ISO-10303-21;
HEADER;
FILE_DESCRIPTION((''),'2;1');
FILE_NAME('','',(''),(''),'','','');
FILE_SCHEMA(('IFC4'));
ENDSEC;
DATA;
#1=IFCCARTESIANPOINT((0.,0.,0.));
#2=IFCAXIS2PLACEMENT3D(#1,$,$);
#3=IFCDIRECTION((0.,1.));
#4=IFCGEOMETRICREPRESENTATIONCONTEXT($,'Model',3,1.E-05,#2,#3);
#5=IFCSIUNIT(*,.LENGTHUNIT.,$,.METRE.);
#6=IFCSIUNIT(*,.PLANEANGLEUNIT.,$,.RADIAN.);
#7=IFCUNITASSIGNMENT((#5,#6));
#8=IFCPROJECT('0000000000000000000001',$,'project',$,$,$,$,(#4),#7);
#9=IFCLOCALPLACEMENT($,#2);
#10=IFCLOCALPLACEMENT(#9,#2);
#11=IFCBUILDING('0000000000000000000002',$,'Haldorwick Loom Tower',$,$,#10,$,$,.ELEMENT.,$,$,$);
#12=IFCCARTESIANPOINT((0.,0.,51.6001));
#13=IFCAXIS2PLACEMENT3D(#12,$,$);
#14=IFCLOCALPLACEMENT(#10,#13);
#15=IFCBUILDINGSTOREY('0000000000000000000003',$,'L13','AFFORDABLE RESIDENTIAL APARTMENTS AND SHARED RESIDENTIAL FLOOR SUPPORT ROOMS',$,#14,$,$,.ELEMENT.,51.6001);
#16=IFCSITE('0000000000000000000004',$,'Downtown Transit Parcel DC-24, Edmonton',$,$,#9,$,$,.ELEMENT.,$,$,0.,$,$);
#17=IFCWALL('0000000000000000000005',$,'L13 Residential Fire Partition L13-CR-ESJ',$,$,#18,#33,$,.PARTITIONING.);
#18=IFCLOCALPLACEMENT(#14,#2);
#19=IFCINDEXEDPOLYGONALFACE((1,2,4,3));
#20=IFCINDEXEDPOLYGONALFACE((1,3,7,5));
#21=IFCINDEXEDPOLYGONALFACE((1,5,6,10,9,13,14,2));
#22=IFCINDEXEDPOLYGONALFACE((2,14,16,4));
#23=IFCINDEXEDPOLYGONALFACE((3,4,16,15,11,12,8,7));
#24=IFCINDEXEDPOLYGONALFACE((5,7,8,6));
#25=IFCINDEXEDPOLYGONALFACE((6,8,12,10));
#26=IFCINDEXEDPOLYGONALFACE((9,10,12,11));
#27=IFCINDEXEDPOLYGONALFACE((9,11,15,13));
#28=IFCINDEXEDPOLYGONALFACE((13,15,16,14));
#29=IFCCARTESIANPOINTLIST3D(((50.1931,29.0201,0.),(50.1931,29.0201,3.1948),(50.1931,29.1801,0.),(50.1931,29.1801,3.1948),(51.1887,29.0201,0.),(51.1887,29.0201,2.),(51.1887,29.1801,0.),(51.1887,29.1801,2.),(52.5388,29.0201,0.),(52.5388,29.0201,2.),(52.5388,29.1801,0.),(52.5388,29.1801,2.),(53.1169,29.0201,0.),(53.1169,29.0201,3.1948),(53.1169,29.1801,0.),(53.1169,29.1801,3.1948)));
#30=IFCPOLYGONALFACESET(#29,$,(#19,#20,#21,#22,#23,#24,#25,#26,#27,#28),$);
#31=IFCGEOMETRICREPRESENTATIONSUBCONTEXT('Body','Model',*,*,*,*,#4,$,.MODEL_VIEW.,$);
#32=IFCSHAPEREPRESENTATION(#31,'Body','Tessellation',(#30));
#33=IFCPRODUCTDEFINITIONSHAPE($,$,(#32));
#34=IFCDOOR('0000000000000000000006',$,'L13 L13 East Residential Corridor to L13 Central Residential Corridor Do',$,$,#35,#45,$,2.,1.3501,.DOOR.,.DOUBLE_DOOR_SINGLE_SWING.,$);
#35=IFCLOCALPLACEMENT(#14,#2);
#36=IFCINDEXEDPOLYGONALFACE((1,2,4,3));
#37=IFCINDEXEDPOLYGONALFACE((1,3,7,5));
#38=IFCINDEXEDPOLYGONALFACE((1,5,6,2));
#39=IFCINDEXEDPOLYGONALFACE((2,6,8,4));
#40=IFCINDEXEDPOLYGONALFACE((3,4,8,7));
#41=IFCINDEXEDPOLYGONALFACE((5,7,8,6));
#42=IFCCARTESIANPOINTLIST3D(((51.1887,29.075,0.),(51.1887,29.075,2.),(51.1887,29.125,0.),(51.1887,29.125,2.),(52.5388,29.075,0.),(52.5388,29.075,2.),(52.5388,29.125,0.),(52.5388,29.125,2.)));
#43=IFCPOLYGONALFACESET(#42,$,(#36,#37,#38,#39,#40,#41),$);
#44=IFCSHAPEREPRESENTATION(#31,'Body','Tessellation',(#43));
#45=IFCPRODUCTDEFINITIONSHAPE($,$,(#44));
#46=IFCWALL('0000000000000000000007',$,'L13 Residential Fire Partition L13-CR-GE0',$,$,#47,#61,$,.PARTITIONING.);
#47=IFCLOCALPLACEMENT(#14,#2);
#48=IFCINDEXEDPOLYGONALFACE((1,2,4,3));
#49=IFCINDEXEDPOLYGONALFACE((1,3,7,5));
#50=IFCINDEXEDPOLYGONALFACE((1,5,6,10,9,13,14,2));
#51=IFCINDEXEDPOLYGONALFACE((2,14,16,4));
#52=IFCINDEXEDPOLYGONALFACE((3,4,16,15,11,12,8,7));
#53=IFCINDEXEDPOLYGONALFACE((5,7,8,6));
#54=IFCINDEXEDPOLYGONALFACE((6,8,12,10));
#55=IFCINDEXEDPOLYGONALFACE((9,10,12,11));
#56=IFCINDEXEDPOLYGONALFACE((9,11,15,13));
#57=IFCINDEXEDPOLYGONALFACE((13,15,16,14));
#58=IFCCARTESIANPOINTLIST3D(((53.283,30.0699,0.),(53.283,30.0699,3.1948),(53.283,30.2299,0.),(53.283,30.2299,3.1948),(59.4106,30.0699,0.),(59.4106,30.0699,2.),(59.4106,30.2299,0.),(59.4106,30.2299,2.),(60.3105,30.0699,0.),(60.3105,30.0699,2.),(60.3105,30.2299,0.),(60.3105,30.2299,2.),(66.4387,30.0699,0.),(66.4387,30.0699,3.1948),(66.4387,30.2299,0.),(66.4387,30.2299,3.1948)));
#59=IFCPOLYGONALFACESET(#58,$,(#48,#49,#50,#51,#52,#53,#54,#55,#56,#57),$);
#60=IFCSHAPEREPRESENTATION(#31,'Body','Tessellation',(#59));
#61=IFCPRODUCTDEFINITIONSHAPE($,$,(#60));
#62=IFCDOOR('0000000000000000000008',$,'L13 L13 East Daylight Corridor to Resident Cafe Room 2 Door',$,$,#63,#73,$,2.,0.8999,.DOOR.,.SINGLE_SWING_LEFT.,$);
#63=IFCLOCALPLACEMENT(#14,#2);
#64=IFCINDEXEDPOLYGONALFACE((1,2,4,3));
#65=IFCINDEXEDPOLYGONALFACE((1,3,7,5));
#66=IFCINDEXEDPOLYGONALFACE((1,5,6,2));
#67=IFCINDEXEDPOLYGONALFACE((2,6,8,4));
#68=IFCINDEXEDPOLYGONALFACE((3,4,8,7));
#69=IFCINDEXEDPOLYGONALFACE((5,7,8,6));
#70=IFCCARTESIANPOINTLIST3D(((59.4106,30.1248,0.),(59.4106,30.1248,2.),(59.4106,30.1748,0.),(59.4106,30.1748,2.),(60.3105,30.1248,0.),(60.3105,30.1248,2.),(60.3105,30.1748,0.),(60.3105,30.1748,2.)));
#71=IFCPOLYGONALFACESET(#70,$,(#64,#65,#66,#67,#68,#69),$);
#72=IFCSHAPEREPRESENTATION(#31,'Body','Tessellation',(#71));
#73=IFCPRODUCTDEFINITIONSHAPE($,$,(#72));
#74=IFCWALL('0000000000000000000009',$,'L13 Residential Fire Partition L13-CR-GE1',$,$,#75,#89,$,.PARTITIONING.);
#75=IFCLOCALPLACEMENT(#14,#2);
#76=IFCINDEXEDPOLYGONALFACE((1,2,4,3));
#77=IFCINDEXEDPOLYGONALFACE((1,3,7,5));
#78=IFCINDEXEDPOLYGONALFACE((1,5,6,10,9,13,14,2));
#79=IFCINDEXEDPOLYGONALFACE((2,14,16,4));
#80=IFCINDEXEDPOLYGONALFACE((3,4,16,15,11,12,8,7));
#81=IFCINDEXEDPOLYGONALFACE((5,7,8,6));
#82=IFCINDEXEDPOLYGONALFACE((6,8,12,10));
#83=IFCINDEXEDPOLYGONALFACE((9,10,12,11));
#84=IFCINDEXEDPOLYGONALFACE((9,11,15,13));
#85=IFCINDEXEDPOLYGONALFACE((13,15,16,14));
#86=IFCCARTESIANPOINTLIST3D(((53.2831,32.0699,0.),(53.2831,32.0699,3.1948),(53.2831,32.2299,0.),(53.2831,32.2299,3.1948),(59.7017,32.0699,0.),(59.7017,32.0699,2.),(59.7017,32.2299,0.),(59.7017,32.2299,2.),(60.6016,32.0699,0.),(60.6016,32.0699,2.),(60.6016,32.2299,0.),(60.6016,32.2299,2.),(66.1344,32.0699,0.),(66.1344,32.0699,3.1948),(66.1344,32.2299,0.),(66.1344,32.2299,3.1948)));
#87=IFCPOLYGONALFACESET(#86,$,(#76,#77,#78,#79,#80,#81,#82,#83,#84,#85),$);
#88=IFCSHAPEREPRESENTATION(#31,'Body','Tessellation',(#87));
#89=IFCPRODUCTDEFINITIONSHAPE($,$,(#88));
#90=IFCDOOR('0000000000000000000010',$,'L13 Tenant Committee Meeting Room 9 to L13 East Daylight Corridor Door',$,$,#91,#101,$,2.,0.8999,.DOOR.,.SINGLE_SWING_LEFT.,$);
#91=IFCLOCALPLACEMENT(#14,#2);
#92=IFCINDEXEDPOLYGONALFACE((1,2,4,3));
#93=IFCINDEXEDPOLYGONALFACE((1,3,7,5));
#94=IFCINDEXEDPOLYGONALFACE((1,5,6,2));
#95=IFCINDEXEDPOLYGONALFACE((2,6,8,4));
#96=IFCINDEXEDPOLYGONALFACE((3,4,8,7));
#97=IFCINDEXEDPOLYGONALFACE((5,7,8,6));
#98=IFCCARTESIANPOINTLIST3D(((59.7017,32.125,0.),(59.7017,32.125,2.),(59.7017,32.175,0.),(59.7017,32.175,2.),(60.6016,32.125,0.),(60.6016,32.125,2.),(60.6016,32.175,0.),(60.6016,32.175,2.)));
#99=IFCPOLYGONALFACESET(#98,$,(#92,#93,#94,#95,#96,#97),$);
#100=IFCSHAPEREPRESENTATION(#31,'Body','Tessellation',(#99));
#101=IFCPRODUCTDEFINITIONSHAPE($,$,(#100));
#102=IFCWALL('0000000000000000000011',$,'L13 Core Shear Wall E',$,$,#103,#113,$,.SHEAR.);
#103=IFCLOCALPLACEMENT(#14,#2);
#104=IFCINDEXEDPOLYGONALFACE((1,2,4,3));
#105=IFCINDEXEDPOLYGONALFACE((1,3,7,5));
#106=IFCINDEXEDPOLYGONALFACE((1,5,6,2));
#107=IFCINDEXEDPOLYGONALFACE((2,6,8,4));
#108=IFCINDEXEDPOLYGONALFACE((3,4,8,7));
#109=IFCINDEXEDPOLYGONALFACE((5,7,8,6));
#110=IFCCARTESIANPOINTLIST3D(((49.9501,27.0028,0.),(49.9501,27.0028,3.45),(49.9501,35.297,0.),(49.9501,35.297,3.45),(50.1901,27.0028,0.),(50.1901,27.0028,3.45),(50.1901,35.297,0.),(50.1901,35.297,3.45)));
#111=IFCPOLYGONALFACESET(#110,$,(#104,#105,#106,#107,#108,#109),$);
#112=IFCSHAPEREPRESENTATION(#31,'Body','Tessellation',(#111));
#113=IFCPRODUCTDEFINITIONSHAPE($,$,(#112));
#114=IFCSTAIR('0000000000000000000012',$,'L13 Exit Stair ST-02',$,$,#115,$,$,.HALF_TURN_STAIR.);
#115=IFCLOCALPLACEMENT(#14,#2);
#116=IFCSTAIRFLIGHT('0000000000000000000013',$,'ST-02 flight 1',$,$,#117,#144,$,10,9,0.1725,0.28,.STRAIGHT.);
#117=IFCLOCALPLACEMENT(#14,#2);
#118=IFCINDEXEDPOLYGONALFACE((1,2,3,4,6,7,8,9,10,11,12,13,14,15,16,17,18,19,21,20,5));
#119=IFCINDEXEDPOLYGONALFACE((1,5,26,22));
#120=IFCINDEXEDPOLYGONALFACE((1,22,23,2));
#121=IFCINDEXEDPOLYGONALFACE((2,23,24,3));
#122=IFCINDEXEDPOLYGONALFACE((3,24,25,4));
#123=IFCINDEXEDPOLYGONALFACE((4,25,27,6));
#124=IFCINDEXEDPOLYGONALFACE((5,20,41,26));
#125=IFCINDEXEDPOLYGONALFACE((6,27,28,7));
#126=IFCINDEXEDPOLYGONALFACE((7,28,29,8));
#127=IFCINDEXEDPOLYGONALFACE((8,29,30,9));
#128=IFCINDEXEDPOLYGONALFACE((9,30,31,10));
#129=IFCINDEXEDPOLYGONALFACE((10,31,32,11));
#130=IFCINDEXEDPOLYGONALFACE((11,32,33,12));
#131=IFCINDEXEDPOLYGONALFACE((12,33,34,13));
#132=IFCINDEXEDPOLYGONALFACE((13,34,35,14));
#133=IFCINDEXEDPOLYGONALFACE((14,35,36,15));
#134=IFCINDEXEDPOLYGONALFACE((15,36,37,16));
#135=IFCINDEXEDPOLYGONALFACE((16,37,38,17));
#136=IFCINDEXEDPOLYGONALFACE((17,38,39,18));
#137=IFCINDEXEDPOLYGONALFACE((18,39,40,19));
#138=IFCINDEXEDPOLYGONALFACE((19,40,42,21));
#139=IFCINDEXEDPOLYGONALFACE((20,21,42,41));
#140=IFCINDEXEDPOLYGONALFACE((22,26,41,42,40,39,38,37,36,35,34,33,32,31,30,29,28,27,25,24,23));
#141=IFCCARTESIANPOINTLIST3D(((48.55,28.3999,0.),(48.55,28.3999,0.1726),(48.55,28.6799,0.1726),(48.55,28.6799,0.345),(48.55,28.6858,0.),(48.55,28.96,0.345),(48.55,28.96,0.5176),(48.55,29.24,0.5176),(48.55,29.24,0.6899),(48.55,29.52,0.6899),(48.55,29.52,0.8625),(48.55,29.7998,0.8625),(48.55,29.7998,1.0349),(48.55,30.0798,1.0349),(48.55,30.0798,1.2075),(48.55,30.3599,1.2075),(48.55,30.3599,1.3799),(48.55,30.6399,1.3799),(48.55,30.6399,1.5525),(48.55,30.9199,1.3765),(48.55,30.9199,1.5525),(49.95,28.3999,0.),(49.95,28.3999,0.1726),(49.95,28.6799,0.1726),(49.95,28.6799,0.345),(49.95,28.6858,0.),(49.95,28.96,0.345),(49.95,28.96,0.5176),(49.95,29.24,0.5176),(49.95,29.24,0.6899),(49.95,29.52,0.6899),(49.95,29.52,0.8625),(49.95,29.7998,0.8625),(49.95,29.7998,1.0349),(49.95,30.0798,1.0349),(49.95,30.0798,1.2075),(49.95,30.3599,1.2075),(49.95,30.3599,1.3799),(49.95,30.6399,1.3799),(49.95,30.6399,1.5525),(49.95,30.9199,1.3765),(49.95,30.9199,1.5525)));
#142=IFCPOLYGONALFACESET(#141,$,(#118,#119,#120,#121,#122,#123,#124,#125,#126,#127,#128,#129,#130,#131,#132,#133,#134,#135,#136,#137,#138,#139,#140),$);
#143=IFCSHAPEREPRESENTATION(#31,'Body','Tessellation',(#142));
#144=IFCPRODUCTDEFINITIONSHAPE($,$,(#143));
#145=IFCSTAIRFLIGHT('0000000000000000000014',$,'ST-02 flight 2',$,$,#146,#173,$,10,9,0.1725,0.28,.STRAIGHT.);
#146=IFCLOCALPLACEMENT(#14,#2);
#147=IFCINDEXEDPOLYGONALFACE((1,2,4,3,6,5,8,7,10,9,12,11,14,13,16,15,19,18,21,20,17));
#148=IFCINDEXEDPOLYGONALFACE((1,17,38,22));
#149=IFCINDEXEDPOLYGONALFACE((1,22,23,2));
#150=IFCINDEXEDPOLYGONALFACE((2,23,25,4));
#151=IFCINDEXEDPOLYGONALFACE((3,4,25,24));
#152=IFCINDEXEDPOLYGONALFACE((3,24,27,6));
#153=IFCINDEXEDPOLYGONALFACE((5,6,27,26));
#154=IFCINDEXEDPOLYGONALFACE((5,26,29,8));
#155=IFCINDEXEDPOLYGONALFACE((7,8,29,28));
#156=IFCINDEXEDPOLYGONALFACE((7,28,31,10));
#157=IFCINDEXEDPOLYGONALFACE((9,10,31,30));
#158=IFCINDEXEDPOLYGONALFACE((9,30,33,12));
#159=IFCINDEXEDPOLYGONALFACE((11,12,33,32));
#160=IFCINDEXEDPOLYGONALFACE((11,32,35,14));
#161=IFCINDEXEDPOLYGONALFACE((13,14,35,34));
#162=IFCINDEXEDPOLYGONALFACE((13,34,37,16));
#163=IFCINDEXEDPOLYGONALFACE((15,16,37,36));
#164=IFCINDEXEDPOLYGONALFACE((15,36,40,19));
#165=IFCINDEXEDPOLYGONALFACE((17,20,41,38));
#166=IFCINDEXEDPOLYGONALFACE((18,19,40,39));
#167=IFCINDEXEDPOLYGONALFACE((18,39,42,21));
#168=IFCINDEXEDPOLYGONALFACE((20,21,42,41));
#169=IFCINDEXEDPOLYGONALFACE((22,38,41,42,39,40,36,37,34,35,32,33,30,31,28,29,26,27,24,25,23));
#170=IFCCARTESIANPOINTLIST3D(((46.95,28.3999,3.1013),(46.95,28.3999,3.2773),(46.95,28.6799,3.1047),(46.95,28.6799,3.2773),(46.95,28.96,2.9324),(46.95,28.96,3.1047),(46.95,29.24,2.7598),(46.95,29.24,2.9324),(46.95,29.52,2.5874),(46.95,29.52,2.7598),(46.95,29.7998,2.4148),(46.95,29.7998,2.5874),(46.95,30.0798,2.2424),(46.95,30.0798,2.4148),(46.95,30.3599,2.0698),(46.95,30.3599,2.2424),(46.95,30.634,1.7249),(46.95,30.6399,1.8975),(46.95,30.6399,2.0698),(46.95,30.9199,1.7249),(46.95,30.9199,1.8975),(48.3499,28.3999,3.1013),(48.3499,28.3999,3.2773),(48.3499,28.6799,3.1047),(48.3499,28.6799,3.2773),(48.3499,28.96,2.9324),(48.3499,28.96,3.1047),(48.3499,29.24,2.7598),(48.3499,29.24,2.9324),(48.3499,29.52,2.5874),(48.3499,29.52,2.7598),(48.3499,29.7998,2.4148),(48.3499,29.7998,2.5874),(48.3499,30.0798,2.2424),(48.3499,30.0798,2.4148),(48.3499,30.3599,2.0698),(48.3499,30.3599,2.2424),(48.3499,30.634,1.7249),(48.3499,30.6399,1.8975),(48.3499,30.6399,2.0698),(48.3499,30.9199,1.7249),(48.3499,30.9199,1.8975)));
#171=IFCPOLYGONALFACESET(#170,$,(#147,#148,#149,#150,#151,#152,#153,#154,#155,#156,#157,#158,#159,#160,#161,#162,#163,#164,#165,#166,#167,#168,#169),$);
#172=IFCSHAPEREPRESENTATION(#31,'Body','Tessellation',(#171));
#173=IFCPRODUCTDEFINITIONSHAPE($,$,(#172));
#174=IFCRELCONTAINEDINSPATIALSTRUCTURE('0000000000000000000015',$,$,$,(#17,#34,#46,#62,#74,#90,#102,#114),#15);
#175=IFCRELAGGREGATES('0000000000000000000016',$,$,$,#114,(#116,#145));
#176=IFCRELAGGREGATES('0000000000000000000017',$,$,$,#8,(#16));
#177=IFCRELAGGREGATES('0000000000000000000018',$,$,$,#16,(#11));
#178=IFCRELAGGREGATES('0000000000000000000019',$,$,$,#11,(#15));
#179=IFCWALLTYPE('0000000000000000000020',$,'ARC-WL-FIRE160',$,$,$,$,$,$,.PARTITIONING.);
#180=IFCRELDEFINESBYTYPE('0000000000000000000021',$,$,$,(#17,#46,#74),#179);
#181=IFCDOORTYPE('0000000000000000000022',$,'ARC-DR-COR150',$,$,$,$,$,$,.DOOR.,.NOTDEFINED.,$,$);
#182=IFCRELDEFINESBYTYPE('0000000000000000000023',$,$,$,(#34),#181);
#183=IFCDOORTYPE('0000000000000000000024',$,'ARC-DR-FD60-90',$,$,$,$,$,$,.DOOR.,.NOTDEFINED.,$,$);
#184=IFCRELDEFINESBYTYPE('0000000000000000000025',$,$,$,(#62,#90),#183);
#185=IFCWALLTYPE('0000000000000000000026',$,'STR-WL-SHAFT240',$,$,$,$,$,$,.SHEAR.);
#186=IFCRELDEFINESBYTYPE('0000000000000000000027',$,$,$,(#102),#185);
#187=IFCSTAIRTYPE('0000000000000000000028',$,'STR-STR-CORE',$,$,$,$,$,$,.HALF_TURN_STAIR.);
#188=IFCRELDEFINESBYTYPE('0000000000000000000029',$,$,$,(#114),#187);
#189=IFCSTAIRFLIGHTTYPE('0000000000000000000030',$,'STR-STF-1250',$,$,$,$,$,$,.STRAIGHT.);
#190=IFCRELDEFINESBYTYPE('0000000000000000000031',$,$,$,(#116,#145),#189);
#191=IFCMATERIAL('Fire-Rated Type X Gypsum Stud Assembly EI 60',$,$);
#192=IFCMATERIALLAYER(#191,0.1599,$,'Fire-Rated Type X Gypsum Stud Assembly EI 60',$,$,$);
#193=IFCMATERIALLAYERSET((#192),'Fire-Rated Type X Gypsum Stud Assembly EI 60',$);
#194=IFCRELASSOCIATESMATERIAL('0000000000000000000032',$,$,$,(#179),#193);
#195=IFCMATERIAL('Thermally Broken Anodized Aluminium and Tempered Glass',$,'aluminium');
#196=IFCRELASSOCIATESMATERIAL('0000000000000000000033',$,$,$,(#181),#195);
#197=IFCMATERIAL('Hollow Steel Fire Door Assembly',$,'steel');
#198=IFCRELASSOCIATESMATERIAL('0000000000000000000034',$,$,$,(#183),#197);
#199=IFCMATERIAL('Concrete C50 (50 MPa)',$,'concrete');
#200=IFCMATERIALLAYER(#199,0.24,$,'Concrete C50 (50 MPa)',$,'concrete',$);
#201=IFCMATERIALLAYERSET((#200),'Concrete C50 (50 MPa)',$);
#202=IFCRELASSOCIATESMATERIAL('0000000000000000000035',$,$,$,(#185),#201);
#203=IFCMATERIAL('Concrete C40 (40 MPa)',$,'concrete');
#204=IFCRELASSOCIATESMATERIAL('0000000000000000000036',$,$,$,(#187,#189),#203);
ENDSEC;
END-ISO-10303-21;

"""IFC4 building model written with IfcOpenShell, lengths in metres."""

from ifc_helpers import new_model, si_unit, direction, frame, frame_2d, origin, place, context, subcontext, project, spatial, polyline, rectangle, outline, extrude, material, layer, layer_set, type_object, element, fill, aggregate, save


model = new_model("IFC4")

# Units and contexts
model_context = context("Model", 3, precision=1e-05, world=origin(), true_north=direction((0.0, 1.0)))
body_context = subcontext(model_context, "Body", "Model", "MODEL_VIEW")
ifc_project = project(units=[si_unit("LENGTHUNIT", "METRE"), si_unit("PLANEANGLEUNIT", "RADIAN")], contexts=[model_context])

# Site, building, storey
site_placement = place(None, origin())
site = spatial("IfcSite", under=ifc_project, at=site_placement, Name="Downtown Transit Parcel DC-24, Edmonton", CompositionType="ELEMENT", RefElevation=0.0)
building_placement = place(site_placement, origin())
building = spatial("IfcBuilding", under=site, at=building_placement, Name="Haldorwick Loom Tower", CompositionType="ELEMENT")
storey_placement = place(building_placement, frame((0.0, 0.0, 51.6001)))
storey = spatial("IfcBuildingStorey", under=building, at=storey_placement, Name="L13", Description="AFFORDABLE RESIDENTIAL APARTMENTS AND SHARED RESIDENTIAL FLOOR SUPPORT ROOMS", CompositionType="ELEMENT", Elevation=51.6001)

# Walls, openings, doors
ifc_material_1 = material(Name="Fire-Rated Type X Gypsum Stud Assembly EI 60")
ifc_layer_1 = layer(ifc_material_1, 0.1599, Name="Fire-Rated Type X Gypsum Stud Assembly EI 60")
ifc_layer_set_1 = layer_set([ifc_layer_1], Name="Fire-Rated Type X Gypsum Stud Assembly EI 60")
wall_type_1 = type_object("IfcWallType", Name="ARC-WL-FIRE160", PredefinedType="PARTITIONING", material=ifc_layer_set_1)
wall_1_placement = place(storey_placement, frame((50.1931, 29.1001, 0.0), z_axis=(0.0, 0.0, 1.0), x_axis=(1.0, 0.0, 0.0)))
wall_1 = element("IfcWall", 1, at=wall_1_placement, inside=storey, type_object=wall_type_1, Name="L13 Residential Fire Partition L13-CR-ESJ", PredefinedType="PARTITIONING", context=body_context, shape_type="SweptSolid", body=[
    extrude(rectangle(XDim=2.9238, YDim=0.1599, at=frame_2d((1.4619, 0.0))), origin(), (0.0, 0.0, 1.0), 3.1948),
])
opening_1_placement = place(wall_1_placement, frame((0.9956, 0.0, 0.0)))
opening_1 = element("IfcOpeningElement", 2, at=opening_1_placement, cuts=wall_1, PredefinedType="OPENING", context=body_context, shape_type="SweptSolid", body=[
    extrude(rectangle(XDim=1.3501, YDim=2.0, at=frame_2d((0.675, 1.0))), frame((0.0, 0.0898, 0.0), z_axis=(0.0, -1.0, 0.0), x_axis=(1.0, 0.0, 0.0)), (0.0, 0.0, 1.0), 0.1799),
])
ifc_material_2 = material(Name="Thermally Broken Anodized Aluminium and Tempered Glass", Category="aluminium")
door_type_1 = type_object("IfcDoorType", Name="ARC-DR-COR150", OperationType="NOTDEFINED", PredefinedType="DOOR", material=ifc_material_2)
door_1_placement = place(opening_1_placement, origin())
door_1 = element("IfcDoor", 3, at=door_1_placement, inside=storey, type_object=door_type_1, Name="L13 L13 East Residential Corridor to L13 Central Residential Corridor Do", OperationType="DOUBLE_DOOR_SINGLE_SWING", OverallHeight=2.0, OverallWidth=1.3501, PredefinedType="DOOR", context=body_context, shape_type="SweptSolid", body=[
    extrude(rectangle(XDim=1.3501, YDim=2.0, at=frame_2d((0.675, 1.0))), frame((0.0, 0.0249, 0.0), z_axis=(0.0, -1.0, 0.0), x_axis=(1.0, 0.0, 0.0)), (0.0, 0.0, 1.0), 0.05),
])
fill(opening_1, door_1)
wall_2_placement = place(storey_placement, frame((53.283, 30.1499, 0.0), z_axis=(0.0, 0.0, 1.0), x_axis=(1.0, 0.0, 0.0)))
wall_2 = element("IfcWall", 4, at=wall_2_placement, inside=storey, type_object=wall_type_1, Name="L13 Residential Fire Partition L13-CR-GE0", PredefinedType="PARTITIONING", context=body_context, shape_type="SweptSolid", body=[
    extrude(rectangle(XDim=13.1558, YDim=0.1599, at=frame_2d((6.5779, 0.0))), origin(), (0.0, 0.0, 1.0), 3.1948),
])
opening_2_placement = place(wall_2_placement, frame((6.1277, 0.0, 0.0)))
opening_2 = element("IfcOpeningElement", 5, at=opening_2_placement, cuts=wall_2, PredefinedType="OPENING", context=body_context, shape_type="SweptSolid", body=[
    extrude(rectangle(XDim=0.8999, YDim=2.0, at=frame_2d((0.45, 1.0))), frame((0.0, 0.0898, 0.0), z_axis=(0.0, -1.0, 0.0), x_axis=(1.0, 0.0, 0.0)), (0.0, 0.0, 1.0), 0.1799),
])
ifc_material_3 = material(Name="Hollow Steel Fire Door Assembly", Category="steel")
door_type_2 = type_object("IfcDoorType", Name="ARC-DR-FD60-90", OperationType="NOTDEFINED", PredefinedType="DOOR", material=ifc_material_3)
door_2_placement = place(opening_2_placement, origin())
door_2 = element("IfcDoor", 6, at=door_2_placement, inside=storey, type_object=door_type_2, Name="L13 L13 East Daylight Corridor to Resident Cafe Room 2 Door", OperationType="SINGLE_SWING_LEFT", OverallHeight=2.0, OverallWidth=0.8999, PredefinedType="DOOR", context=body_context, shape_type="SweptSolid", body=[
    extrude(rectangle(XDim=0.8999, YDim=2.0, at=frame_2d((0.45, 1.0))), frame((0.0, 0.0249, 0.0), z_axis=(0.0, -1.0, 0.0), x_axis=(1.0, 0.0, 0.0)), (0.0, 0.0, 1.0), 0.05),
])
fill(opening_2, door_2)
wall_3_placement = place(storey_placement, frame((53.283, 32.1499, 0.0), z_axis=(0.0, 0.0, 1.0), x_axis=(1.0, 0.0, 0.0)))
wall_3 = element("IfcWall", 7, at=wall_3_placement, inside=storey, type_object=wall_type_1, Name="L13 Residential Fire Partition L13-CR-GE1", PredefinedType="PARTITIONING", context=body_context, shape_type="SweptSolid", body=[
    extrude(rectangle(XDim=12.8513, YDim=0.1599, at=frame_2d((6.4258, 0.0))), origin(), (0.0, 0.0, 1.0), 3.1948),
])
opening_3_placement = place(wall_3_placement, frame((6.4187, 0.0, 0.0)))
opening_3 = element("IfcOpeningElement", 8, at=opening_3_placement, cuts=wall_3, PredefinedType="OPENING", context=body_context, shape_type="SweptSolid", body=[
    extrude(rectangle(XDim=0.8999, YDim=2.0, at=frame_2d((0.45, 1.0))), frame((0.0, 0.0898, 0.0), z_axis=(0.0, -1.0, 0.0), x_axis=(1.0, 0.0, 0.0)), (0.0, 0.0, 1.0), 0.1799),
])
door_3_placement = place(opening_3_placement, frame((0.8999, 0.0, 0.0), z_axis=(0.0, 0.0, 1.0), x_axis=(-1.0, 0.0, 0.0)))
door_3 = element("IfcDoor", 9, at=door_3_placement, inside=storey, type_object=door_type_2, Name="L13 Tenant Committee Meeting Room 9 to L13 East Daylight Corridor Door", OperationType="SINGLE_SWING_LEFT", OverallHeight=2.0, OverallWidth=0.8999, PredefinedType="DOOR", context=body_context, shape_type="SweptSolid", body=[
    extrude(rectangle(XDim=0.8999, YDim=2.0, at=frame_2d((0.45, 1.0))), frame((0.0, 0.0249, 0.0), z_axis=(0.0, -1.0, 0.0), x_axis=(1.0, 0.0, 0.0)), (0.0, 0.0, 1.0), 0.05),
])
fill(opening_3, door_3)

# Wall
ifc_material_4 = material(Name="Concrete C50 (50 MPa)", Category="concrete")
ifc_layer_2 = layer(ifc_material_4, 0.24, Name="Concrete C50 (50 MPa)", Category="concrete")
ifc_layer_set_2 = layer_set([ifc_layer_2], Name="Concrete C50 (50 MPa)")
wall_type_2 = type_object("IfcWallType", Name="STR-WL-SHAFT240", PredefinedType="SHEAR", material=ifc_layer_set_2)
wall_4_placement = place(storey_placement, frame((50.0701, 27.0029, 0.0), z_axis=(0.0, 0.0, 1.0), x_axis=(0.0, 1.0, 0.0)))
element("IfcWall", 10, at=wall_4_placement, inside=storey, type_object=wall_type_2, Name="L13 Core Shear Wall E", PredefinedType="SHEAR", context=body_context, shape_type="SweptSolid", body=[
    extrude(rectangle(XDim=8.2942, YDim=0.24, at=frame_2d((4.147, 0.0))), origin(), (0.0, 0.0, 1.0), 3.45),
])

# Stair, stair flights
ifc_material_5 = material(Name="Concrete C40 (40 MPa)", Category="concrete")
stair_type = type_object("IfcStairType", Name="STR-STR-CORE", PredefinedType="HALF_TURN_STAIR", material=ifc_material_5)
stair_placement = place(storey_placement, origin())
stair = element("IfcStair", 11, at=stair_placement, inside=storey, type_object=stair_type, Name="L13 Exit Stair ST-02", PredefinedType="HALF_TURN_STAIR")
stair_flight_type = type_object("IfcStairFlightType", Name="STR-STF-1250", PredefinedType="STRAIGHT", material=ifc_material_5)
stair_flight_1_placement = place(storey_placement, frame((49.25, 28.3999, 0.0), z_axis=(0.0, 0.0, 1.0), x_axis=(0.0, 1.0, 0.0)))
stair_flight_1 = element("IfcStairFlight", 12, at=stair_flight_1_placement, type_object=stair_flight_type, Name="ST-02 flight 1", NumberOfRisers=10, NumberOfTreads=9, PredefinedType="STRAIGHT", RiserHeight=0.1725, TreadLength=0.28, context=body_context, shape_type="SweptSolid", body=[
    extrude(outline(polyline([(0.0, 0.0), (0.0, 0.1726), (0.28, 0.1726), (0.28, 0.345), (0.5601, 0.345), (0.5601, 0.5176), (0.8401, 0.5176), (0.8401, 0.6899), (1.1201, 0.6899), (1.1201, 0.8625), (1.3999, 0.8625), (1.3999, 1.0349), (1.6799, 1.0349), (1.6799, 1.2075), (1.96, 1.2075), (1.96, 1.3799), (2.24, 1.3799), (2.24, 1.5525), (2.52, 1.5525), (2.52, 1.7251), (2.52, 1.3765), (0.2859, 0.0), (0.0, 0.0)])), frame((0.0, 0.7, 0.0), z_axis=(0.0, -1.0, 0.0), x_axis=(1.0, 0.0, 0.0)), (0.0, 0.0, 1.0), 1.3999),
])
stair_flight_2_placement = place(storey_placement, frame((47.6499, 30.9199, 1.7249), z_axis=(0.0, 0.0, 1.0), x_axis=(0.0, -1.0, 0.0)))
stair_flight_2 = element("IfcStairFlight", 13, at=stair_flight_2_placement, type_object=stair_flight_type, Name="ST-02 flight 2", NumberOfRisers=10, NumberOfTreads=9, PredefinedType="STRAIGHT", RiserHeight=0.1725, TreadLength=0.28, context=body_context, shape_type="SweptSolid", body=[
    extrude(outline(polyline([(0.0, 0.0), (0.0, 0.1726), (0.28, 0.1726), (0.28, 0.345), (0.5601, 0.345), (0.5601, 0.5176), (0.8401, 0.5176), (0.8401, 0.6899), (1.1201, 0.6899), (1.1201, 0.8625), (1.3999, 0.8625), (1.3999, 1.0349), (1.6799, 1.0349), (1.6799, 1.2075), (1.96, 1.2075), (1.96, 1.3799), (2.24, 1.3799), (2.24, 1.5525), (2.52, 1.5525), (2.52, 1.7251), (2.52, 1.3765), (0.2859, 0.0), (0.0, 0.0)])), frame((0.0, 0.7, 0.0), z_axis=(0.0, -1.0, 0.0), x_axis=(1.0, 0.0, 0.0)), (0.0, 0.0, 1.0), 1.3999),
])
aggregate(stair, [stair_flight_1, stair_flight_2])

save(model, "model.ifc")
